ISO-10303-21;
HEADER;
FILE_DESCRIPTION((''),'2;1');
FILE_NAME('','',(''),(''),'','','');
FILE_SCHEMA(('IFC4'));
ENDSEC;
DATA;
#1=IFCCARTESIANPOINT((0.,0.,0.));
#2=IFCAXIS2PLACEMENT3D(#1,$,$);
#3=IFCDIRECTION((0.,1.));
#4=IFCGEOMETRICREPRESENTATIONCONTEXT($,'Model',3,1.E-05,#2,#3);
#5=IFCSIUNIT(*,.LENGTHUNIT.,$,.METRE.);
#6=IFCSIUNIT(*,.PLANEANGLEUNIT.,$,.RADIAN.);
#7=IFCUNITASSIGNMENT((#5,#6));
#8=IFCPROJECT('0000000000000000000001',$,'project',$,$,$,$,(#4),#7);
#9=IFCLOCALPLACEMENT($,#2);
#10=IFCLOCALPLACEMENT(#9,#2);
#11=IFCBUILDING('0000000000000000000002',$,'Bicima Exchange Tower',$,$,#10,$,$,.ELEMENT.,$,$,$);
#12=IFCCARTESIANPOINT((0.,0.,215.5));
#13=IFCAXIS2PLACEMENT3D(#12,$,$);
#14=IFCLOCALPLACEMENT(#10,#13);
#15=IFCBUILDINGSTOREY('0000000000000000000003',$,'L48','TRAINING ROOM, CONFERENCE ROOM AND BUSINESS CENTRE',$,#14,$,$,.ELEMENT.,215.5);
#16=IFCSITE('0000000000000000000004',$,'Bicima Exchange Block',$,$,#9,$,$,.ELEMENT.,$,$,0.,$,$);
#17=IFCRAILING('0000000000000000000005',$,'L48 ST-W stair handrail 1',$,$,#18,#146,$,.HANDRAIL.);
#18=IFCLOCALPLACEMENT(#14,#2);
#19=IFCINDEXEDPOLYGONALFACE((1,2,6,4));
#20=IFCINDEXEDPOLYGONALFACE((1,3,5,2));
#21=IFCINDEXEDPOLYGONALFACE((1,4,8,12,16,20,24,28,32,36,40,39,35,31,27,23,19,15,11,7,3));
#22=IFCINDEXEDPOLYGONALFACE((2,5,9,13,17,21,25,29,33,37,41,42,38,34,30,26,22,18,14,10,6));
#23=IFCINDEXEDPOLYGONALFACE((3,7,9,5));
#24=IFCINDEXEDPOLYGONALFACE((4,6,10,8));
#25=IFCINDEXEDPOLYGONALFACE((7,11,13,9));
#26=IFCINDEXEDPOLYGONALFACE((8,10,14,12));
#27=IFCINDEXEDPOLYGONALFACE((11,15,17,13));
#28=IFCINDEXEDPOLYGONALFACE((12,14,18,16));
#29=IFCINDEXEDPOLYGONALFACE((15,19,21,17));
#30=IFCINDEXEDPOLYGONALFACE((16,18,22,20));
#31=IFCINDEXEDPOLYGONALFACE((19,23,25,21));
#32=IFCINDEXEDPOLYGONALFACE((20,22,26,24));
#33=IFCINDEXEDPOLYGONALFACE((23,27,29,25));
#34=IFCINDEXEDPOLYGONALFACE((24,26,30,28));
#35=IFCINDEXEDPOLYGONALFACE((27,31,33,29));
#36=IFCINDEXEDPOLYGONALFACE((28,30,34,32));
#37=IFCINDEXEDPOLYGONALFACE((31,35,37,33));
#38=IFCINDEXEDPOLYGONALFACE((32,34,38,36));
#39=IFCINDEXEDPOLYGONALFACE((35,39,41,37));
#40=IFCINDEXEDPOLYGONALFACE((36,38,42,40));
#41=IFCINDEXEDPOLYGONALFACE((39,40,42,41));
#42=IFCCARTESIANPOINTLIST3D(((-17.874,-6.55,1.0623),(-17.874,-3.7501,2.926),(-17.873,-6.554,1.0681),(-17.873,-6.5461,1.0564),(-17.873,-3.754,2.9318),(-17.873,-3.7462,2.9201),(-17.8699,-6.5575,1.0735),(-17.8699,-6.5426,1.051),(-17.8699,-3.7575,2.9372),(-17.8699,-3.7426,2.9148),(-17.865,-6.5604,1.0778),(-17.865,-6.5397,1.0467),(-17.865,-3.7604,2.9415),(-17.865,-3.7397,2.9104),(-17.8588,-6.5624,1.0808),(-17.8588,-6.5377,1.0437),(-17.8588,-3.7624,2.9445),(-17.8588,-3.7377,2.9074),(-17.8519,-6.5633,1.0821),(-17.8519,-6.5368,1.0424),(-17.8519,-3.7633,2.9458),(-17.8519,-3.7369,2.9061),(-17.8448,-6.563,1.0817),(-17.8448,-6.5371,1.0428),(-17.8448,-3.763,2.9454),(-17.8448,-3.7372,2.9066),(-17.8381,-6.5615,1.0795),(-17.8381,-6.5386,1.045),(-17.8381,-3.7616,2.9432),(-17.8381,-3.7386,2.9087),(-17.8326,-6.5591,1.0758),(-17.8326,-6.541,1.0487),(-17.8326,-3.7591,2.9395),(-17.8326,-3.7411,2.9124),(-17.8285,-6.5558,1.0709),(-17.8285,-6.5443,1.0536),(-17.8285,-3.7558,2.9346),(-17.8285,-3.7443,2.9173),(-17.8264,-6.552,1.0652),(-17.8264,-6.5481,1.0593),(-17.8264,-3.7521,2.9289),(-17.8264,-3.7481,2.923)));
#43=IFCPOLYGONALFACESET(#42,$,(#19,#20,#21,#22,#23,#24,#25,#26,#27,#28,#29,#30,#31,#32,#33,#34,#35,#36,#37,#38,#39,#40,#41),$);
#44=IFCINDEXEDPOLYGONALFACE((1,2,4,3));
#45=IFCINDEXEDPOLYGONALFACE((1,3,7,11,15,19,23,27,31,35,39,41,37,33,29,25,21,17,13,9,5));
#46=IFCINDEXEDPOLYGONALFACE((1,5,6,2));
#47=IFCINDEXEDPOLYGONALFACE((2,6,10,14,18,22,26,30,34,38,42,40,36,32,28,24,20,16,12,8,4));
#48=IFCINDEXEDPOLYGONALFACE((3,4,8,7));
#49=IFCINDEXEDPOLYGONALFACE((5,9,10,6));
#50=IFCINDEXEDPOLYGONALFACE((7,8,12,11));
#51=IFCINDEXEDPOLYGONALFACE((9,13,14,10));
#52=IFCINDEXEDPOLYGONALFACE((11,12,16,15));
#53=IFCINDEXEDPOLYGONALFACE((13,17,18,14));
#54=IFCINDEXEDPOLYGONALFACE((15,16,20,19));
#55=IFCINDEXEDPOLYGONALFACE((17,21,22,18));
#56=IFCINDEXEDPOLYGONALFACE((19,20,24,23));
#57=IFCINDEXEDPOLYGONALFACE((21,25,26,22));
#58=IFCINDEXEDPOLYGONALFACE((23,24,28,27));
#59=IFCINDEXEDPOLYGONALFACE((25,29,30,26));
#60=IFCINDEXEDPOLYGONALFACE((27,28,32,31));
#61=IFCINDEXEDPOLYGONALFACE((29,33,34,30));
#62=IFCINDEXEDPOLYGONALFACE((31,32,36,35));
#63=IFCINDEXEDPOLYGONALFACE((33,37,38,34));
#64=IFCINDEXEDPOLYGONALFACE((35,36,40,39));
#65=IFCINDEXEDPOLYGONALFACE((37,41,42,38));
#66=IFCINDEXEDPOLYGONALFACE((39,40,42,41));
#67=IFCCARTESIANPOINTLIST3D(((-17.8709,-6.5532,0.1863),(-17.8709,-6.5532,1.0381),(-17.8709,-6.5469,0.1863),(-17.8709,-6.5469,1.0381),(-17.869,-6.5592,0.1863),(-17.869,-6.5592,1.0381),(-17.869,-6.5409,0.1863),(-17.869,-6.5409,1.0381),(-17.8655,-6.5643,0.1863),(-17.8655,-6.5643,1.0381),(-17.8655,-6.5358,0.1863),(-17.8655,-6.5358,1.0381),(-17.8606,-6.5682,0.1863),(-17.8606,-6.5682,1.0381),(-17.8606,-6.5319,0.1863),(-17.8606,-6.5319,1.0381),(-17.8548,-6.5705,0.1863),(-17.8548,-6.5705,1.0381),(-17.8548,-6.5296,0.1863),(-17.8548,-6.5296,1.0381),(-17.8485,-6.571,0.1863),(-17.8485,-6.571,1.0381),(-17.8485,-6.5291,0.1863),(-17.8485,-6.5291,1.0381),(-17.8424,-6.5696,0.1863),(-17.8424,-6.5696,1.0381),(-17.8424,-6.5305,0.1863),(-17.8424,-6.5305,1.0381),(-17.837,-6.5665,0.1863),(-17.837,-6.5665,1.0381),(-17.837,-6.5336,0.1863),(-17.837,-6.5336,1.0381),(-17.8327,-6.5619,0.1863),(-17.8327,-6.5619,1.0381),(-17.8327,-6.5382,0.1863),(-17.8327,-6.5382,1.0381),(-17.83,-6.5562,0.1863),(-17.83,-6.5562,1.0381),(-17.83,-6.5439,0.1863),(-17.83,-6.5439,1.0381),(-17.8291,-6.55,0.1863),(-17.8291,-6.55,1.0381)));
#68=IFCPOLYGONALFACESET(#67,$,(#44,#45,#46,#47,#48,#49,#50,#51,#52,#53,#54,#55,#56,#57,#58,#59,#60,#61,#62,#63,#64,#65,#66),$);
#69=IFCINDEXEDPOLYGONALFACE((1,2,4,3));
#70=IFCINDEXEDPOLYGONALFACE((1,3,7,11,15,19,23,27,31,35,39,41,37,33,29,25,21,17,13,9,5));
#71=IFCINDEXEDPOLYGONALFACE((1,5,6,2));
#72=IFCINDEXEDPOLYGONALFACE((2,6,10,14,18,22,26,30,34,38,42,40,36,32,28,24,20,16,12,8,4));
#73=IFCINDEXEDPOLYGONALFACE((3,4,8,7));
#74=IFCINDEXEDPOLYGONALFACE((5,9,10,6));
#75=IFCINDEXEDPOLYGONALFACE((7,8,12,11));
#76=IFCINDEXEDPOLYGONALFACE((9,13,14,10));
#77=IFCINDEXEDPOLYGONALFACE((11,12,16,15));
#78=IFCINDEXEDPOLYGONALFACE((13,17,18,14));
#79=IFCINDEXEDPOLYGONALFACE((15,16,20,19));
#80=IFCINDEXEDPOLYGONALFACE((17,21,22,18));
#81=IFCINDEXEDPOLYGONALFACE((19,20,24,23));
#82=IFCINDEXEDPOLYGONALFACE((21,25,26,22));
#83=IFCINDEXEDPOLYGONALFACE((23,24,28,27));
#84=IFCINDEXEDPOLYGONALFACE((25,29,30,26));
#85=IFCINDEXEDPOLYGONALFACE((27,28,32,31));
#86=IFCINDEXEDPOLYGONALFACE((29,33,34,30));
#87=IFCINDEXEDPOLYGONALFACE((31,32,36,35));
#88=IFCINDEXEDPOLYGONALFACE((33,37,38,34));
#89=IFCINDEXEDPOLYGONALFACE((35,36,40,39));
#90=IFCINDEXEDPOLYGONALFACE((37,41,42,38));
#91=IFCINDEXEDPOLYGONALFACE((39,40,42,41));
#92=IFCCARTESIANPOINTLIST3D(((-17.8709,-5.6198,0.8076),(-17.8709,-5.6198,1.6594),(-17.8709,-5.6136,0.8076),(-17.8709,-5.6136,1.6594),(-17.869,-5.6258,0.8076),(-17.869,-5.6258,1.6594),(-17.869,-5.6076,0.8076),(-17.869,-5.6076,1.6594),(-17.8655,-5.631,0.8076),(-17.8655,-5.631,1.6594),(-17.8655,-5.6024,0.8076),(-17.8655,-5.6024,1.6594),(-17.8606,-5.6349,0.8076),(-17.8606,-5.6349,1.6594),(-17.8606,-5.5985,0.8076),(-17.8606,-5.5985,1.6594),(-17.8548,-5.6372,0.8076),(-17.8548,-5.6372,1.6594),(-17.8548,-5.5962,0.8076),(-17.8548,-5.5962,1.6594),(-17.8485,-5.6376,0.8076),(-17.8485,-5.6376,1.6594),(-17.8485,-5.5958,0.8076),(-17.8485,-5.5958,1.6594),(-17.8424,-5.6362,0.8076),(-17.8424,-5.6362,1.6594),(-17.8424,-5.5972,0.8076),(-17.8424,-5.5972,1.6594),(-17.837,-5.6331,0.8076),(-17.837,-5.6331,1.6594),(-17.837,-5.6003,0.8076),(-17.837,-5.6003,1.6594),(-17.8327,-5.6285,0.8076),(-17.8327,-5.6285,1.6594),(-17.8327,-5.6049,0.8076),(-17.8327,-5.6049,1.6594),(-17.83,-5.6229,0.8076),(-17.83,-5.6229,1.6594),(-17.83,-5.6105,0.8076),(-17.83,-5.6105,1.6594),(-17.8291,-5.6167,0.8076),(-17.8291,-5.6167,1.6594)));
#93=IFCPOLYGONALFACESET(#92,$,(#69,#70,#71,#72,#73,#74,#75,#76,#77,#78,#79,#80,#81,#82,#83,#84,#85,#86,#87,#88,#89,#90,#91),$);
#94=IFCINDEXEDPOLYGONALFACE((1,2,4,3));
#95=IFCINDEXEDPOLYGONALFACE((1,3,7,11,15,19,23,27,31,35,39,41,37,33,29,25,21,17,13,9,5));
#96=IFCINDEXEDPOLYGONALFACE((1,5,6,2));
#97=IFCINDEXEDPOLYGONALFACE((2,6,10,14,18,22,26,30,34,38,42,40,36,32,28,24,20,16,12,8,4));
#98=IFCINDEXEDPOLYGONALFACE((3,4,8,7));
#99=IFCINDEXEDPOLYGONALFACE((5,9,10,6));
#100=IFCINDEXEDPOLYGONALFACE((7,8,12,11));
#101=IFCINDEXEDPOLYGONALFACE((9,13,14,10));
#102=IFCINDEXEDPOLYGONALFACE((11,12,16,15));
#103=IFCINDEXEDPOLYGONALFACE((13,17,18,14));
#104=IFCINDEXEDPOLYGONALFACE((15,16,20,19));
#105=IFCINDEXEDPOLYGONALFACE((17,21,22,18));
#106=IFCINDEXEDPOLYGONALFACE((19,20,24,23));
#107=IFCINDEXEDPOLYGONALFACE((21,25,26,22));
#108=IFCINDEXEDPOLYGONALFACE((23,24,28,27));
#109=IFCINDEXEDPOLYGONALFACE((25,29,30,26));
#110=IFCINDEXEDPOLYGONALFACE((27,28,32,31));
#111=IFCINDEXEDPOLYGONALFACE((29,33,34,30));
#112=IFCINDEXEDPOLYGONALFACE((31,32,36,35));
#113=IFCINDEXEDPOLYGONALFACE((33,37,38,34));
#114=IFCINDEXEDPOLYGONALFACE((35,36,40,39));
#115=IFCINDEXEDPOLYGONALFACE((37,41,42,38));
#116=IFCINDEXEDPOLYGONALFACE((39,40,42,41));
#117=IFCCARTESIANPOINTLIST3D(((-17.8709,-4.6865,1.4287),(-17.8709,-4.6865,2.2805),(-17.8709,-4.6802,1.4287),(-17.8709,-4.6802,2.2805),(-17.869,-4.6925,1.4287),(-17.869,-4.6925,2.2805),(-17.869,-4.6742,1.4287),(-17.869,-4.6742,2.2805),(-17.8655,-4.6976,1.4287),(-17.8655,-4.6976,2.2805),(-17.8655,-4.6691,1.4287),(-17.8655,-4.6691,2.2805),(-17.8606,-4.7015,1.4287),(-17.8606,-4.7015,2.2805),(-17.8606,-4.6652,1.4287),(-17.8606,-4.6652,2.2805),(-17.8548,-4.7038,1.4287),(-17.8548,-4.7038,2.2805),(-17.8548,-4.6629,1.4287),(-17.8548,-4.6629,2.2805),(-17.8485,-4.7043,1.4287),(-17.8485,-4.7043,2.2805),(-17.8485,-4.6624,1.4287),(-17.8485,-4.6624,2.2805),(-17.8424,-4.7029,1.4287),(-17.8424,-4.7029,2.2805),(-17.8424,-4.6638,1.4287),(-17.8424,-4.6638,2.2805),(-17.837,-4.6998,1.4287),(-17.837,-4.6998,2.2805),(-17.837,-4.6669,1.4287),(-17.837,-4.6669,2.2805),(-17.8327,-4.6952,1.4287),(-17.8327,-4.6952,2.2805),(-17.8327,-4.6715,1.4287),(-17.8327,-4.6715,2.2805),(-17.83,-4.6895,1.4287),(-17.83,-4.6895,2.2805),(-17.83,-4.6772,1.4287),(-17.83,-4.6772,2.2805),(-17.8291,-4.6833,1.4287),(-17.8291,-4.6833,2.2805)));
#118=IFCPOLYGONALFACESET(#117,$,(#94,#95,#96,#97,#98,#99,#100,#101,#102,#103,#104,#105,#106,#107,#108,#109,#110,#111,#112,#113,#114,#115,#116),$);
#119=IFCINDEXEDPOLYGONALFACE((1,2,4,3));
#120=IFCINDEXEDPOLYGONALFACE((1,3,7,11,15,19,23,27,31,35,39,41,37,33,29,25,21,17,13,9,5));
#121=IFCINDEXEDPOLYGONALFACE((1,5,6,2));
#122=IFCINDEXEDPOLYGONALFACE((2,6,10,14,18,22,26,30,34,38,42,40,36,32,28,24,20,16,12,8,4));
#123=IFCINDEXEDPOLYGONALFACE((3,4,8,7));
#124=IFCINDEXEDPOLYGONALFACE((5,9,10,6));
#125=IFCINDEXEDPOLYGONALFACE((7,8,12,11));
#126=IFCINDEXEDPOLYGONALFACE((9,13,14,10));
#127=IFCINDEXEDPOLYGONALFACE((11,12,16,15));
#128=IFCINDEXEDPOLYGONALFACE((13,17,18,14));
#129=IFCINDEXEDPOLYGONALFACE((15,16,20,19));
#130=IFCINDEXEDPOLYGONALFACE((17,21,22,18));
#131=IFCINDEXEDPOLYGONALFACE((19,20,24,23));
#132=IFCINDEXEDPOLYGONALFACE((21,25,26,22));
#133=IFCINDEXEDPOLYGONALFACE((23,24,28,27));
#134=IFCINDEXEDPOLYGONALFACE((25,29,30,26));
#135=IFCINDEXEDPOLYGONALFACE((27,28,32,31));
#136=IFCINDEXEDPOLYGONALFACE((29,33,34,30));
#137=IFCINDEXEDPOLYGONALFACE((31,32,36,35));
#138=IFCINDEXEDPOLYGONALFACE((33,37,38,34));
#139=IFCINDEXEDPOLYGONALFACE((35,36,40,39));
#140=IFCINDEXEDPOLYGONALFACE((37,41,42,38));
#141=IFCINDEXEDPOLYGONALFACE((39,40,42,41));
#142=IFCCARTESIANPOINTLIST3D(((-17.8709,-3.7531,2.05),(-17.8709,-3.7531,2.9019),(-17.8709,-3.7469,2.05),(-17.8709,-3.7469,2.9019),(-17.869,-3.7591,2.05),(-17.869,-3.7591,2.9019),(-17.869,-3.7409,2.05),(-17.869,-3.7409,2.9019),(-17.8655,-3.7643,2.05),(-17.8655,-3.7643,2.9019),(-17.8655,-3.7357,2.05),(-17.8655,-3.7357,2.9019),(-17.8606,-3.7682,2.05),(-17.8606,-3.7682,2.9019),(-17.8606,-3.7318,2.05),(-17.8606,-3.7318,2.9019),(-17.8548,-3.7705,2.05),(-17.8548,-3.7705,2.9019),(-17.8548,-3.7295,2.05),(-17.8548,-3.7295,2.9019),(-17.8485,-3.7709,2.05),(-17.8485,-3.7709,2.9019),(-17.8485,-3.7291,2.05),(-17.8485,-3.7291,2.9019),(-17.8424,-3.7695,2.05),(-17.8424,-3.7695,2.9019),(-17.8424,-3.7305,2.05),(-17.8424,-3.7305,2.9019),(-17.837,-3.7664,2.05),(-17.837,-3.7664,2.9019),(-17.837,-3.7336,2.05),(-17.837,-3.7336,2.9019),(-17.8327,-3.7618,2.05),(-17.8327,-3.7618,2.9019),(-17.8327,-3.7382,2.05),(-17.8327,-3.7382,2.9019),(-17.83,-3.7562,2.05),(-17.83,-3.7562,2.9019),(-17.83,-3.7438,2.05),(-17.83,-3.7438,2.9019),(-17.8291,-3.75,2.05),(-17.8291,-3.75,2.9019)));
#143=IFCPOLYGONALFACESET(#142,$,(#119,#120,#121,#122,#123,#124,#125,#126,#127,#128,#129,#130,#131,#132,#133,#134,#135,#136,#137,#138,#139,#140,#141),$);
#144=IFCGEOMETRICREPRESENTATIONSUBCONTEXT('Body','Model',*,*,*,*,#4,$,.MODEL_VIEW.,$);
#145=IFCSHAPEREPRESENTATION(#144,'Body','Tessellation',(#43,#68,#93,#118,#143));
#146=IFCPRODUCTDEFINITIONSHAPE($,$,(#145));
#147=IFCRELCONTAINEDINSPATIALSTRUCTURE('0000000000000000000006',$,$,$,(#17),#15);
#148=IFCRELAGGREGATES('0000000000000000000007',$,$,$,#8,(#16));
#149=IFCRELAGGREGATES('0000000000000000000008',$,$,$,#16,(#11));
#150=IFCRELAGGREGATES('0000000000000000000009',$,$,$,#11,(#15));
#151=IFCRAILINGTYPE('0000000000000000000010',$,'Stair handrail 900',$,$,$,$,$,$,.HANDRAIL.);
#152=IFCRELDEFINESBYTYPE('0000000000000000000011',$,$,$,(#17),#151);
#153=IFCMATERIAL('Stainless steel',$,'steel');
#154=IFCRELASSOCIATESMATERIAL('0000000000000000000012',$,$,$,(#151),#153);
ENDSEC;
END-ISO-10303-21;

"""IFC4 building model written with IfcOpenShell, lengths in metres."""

from ifc_helpers import new_model, si_unit, direction, frame, origin, origin_2d, place, context, subcontext, project, spatial, circle, extrude, material, type_object, element, save


model = new_model("IFC4")

# Units and contexts
model_context = context("Model", 3, precision=1e-05, world=origin(), true_north=direction((0.0, 1.0)))
body_context = subcontext(model_context, "Body", "Model", "MODEL_VIEW")
ifc_project = project(units=[si_unit("LENGTHUNIT", "METRE"), si_unit("PLANEANGLEUNIT", "RADIAN")], contexts=[model_context])

# Site, building, storey
site_placement = place(None, origin())
site = spatial("IfcSite", under=ifc_project, at=site_placement, Name="Bicima Exchange Block", CompositionType="ELEMENT", RefElevation=0.0)
building_placement = place(site_placement, origin())
building = spatial("IfcBuilding", under=site, at=building_placement, Name="Bicima Exchange Tower", CompositionType="ELEMENT")
storey_placement = place(building_placement, frame((0.0, 0.0, 215.5)))
storey = spatial("IfcBuildingStorey", under=building, at=storey_placement, Name="L48", Description="TRAINING ROOM, CONFERENCE ROOM AND BUSINESS CENTRE", CompositionType="ELEMENT", Elevation=215.5)

# Shared definitions
ifc_material_1 = material(Name="Stainless steel", Category="steel")

# Railing
railing_type_1 = type_object("IfcRailingType", Name="Stair handrail 900", PredefinedType="HANDRAIL", material=ifc_material_1)
railing_1_placement = place(storey_placement, frame((-17.8501, -6.55, 0.1863)))
element("IfcRailing", 1, at=railing_1_placement, inside=storey, type_object=railing_type_1, Name="L48 ST-W stair handrail 1", PredefinedType="HANDRAIL", context=body_context, shape_type="SweptSolid", body=[
    extrude(circle(Radius=0.0239, at=origin_2d()), frame((0.0, 0.0, 0.876), z_axis=(0.0, 0.832452, 0.554097), x_axis=(-1.0, 0.0, 0.0)), (0.0, 0.0, 1.0), 3.3635),
    extrude(circle(Radius=0.021, at=origin_2d()), origin(), (0.0, 0.0, 1.0), 0.8518),
    extrude(circle(Radius=0.021, at=origin_2d()), frame((0.0, 0.9333, 0.6213)), (0.0, 0.0, 1.0), 0.8518),
    extrude(circle(Radius=0.021, at=origin_2d()), frame((0.0, 1.8667, 1.2424)), (0.0, 0.0, 1.0), 0.8518),
    extrude(circle(Radius=0.021, at=origin_2d()), frame((0.0, 2.8, 1.8638)), (0.0, 0.0, 1.0), 0.8518),
])

save(model, "model.ifc")
